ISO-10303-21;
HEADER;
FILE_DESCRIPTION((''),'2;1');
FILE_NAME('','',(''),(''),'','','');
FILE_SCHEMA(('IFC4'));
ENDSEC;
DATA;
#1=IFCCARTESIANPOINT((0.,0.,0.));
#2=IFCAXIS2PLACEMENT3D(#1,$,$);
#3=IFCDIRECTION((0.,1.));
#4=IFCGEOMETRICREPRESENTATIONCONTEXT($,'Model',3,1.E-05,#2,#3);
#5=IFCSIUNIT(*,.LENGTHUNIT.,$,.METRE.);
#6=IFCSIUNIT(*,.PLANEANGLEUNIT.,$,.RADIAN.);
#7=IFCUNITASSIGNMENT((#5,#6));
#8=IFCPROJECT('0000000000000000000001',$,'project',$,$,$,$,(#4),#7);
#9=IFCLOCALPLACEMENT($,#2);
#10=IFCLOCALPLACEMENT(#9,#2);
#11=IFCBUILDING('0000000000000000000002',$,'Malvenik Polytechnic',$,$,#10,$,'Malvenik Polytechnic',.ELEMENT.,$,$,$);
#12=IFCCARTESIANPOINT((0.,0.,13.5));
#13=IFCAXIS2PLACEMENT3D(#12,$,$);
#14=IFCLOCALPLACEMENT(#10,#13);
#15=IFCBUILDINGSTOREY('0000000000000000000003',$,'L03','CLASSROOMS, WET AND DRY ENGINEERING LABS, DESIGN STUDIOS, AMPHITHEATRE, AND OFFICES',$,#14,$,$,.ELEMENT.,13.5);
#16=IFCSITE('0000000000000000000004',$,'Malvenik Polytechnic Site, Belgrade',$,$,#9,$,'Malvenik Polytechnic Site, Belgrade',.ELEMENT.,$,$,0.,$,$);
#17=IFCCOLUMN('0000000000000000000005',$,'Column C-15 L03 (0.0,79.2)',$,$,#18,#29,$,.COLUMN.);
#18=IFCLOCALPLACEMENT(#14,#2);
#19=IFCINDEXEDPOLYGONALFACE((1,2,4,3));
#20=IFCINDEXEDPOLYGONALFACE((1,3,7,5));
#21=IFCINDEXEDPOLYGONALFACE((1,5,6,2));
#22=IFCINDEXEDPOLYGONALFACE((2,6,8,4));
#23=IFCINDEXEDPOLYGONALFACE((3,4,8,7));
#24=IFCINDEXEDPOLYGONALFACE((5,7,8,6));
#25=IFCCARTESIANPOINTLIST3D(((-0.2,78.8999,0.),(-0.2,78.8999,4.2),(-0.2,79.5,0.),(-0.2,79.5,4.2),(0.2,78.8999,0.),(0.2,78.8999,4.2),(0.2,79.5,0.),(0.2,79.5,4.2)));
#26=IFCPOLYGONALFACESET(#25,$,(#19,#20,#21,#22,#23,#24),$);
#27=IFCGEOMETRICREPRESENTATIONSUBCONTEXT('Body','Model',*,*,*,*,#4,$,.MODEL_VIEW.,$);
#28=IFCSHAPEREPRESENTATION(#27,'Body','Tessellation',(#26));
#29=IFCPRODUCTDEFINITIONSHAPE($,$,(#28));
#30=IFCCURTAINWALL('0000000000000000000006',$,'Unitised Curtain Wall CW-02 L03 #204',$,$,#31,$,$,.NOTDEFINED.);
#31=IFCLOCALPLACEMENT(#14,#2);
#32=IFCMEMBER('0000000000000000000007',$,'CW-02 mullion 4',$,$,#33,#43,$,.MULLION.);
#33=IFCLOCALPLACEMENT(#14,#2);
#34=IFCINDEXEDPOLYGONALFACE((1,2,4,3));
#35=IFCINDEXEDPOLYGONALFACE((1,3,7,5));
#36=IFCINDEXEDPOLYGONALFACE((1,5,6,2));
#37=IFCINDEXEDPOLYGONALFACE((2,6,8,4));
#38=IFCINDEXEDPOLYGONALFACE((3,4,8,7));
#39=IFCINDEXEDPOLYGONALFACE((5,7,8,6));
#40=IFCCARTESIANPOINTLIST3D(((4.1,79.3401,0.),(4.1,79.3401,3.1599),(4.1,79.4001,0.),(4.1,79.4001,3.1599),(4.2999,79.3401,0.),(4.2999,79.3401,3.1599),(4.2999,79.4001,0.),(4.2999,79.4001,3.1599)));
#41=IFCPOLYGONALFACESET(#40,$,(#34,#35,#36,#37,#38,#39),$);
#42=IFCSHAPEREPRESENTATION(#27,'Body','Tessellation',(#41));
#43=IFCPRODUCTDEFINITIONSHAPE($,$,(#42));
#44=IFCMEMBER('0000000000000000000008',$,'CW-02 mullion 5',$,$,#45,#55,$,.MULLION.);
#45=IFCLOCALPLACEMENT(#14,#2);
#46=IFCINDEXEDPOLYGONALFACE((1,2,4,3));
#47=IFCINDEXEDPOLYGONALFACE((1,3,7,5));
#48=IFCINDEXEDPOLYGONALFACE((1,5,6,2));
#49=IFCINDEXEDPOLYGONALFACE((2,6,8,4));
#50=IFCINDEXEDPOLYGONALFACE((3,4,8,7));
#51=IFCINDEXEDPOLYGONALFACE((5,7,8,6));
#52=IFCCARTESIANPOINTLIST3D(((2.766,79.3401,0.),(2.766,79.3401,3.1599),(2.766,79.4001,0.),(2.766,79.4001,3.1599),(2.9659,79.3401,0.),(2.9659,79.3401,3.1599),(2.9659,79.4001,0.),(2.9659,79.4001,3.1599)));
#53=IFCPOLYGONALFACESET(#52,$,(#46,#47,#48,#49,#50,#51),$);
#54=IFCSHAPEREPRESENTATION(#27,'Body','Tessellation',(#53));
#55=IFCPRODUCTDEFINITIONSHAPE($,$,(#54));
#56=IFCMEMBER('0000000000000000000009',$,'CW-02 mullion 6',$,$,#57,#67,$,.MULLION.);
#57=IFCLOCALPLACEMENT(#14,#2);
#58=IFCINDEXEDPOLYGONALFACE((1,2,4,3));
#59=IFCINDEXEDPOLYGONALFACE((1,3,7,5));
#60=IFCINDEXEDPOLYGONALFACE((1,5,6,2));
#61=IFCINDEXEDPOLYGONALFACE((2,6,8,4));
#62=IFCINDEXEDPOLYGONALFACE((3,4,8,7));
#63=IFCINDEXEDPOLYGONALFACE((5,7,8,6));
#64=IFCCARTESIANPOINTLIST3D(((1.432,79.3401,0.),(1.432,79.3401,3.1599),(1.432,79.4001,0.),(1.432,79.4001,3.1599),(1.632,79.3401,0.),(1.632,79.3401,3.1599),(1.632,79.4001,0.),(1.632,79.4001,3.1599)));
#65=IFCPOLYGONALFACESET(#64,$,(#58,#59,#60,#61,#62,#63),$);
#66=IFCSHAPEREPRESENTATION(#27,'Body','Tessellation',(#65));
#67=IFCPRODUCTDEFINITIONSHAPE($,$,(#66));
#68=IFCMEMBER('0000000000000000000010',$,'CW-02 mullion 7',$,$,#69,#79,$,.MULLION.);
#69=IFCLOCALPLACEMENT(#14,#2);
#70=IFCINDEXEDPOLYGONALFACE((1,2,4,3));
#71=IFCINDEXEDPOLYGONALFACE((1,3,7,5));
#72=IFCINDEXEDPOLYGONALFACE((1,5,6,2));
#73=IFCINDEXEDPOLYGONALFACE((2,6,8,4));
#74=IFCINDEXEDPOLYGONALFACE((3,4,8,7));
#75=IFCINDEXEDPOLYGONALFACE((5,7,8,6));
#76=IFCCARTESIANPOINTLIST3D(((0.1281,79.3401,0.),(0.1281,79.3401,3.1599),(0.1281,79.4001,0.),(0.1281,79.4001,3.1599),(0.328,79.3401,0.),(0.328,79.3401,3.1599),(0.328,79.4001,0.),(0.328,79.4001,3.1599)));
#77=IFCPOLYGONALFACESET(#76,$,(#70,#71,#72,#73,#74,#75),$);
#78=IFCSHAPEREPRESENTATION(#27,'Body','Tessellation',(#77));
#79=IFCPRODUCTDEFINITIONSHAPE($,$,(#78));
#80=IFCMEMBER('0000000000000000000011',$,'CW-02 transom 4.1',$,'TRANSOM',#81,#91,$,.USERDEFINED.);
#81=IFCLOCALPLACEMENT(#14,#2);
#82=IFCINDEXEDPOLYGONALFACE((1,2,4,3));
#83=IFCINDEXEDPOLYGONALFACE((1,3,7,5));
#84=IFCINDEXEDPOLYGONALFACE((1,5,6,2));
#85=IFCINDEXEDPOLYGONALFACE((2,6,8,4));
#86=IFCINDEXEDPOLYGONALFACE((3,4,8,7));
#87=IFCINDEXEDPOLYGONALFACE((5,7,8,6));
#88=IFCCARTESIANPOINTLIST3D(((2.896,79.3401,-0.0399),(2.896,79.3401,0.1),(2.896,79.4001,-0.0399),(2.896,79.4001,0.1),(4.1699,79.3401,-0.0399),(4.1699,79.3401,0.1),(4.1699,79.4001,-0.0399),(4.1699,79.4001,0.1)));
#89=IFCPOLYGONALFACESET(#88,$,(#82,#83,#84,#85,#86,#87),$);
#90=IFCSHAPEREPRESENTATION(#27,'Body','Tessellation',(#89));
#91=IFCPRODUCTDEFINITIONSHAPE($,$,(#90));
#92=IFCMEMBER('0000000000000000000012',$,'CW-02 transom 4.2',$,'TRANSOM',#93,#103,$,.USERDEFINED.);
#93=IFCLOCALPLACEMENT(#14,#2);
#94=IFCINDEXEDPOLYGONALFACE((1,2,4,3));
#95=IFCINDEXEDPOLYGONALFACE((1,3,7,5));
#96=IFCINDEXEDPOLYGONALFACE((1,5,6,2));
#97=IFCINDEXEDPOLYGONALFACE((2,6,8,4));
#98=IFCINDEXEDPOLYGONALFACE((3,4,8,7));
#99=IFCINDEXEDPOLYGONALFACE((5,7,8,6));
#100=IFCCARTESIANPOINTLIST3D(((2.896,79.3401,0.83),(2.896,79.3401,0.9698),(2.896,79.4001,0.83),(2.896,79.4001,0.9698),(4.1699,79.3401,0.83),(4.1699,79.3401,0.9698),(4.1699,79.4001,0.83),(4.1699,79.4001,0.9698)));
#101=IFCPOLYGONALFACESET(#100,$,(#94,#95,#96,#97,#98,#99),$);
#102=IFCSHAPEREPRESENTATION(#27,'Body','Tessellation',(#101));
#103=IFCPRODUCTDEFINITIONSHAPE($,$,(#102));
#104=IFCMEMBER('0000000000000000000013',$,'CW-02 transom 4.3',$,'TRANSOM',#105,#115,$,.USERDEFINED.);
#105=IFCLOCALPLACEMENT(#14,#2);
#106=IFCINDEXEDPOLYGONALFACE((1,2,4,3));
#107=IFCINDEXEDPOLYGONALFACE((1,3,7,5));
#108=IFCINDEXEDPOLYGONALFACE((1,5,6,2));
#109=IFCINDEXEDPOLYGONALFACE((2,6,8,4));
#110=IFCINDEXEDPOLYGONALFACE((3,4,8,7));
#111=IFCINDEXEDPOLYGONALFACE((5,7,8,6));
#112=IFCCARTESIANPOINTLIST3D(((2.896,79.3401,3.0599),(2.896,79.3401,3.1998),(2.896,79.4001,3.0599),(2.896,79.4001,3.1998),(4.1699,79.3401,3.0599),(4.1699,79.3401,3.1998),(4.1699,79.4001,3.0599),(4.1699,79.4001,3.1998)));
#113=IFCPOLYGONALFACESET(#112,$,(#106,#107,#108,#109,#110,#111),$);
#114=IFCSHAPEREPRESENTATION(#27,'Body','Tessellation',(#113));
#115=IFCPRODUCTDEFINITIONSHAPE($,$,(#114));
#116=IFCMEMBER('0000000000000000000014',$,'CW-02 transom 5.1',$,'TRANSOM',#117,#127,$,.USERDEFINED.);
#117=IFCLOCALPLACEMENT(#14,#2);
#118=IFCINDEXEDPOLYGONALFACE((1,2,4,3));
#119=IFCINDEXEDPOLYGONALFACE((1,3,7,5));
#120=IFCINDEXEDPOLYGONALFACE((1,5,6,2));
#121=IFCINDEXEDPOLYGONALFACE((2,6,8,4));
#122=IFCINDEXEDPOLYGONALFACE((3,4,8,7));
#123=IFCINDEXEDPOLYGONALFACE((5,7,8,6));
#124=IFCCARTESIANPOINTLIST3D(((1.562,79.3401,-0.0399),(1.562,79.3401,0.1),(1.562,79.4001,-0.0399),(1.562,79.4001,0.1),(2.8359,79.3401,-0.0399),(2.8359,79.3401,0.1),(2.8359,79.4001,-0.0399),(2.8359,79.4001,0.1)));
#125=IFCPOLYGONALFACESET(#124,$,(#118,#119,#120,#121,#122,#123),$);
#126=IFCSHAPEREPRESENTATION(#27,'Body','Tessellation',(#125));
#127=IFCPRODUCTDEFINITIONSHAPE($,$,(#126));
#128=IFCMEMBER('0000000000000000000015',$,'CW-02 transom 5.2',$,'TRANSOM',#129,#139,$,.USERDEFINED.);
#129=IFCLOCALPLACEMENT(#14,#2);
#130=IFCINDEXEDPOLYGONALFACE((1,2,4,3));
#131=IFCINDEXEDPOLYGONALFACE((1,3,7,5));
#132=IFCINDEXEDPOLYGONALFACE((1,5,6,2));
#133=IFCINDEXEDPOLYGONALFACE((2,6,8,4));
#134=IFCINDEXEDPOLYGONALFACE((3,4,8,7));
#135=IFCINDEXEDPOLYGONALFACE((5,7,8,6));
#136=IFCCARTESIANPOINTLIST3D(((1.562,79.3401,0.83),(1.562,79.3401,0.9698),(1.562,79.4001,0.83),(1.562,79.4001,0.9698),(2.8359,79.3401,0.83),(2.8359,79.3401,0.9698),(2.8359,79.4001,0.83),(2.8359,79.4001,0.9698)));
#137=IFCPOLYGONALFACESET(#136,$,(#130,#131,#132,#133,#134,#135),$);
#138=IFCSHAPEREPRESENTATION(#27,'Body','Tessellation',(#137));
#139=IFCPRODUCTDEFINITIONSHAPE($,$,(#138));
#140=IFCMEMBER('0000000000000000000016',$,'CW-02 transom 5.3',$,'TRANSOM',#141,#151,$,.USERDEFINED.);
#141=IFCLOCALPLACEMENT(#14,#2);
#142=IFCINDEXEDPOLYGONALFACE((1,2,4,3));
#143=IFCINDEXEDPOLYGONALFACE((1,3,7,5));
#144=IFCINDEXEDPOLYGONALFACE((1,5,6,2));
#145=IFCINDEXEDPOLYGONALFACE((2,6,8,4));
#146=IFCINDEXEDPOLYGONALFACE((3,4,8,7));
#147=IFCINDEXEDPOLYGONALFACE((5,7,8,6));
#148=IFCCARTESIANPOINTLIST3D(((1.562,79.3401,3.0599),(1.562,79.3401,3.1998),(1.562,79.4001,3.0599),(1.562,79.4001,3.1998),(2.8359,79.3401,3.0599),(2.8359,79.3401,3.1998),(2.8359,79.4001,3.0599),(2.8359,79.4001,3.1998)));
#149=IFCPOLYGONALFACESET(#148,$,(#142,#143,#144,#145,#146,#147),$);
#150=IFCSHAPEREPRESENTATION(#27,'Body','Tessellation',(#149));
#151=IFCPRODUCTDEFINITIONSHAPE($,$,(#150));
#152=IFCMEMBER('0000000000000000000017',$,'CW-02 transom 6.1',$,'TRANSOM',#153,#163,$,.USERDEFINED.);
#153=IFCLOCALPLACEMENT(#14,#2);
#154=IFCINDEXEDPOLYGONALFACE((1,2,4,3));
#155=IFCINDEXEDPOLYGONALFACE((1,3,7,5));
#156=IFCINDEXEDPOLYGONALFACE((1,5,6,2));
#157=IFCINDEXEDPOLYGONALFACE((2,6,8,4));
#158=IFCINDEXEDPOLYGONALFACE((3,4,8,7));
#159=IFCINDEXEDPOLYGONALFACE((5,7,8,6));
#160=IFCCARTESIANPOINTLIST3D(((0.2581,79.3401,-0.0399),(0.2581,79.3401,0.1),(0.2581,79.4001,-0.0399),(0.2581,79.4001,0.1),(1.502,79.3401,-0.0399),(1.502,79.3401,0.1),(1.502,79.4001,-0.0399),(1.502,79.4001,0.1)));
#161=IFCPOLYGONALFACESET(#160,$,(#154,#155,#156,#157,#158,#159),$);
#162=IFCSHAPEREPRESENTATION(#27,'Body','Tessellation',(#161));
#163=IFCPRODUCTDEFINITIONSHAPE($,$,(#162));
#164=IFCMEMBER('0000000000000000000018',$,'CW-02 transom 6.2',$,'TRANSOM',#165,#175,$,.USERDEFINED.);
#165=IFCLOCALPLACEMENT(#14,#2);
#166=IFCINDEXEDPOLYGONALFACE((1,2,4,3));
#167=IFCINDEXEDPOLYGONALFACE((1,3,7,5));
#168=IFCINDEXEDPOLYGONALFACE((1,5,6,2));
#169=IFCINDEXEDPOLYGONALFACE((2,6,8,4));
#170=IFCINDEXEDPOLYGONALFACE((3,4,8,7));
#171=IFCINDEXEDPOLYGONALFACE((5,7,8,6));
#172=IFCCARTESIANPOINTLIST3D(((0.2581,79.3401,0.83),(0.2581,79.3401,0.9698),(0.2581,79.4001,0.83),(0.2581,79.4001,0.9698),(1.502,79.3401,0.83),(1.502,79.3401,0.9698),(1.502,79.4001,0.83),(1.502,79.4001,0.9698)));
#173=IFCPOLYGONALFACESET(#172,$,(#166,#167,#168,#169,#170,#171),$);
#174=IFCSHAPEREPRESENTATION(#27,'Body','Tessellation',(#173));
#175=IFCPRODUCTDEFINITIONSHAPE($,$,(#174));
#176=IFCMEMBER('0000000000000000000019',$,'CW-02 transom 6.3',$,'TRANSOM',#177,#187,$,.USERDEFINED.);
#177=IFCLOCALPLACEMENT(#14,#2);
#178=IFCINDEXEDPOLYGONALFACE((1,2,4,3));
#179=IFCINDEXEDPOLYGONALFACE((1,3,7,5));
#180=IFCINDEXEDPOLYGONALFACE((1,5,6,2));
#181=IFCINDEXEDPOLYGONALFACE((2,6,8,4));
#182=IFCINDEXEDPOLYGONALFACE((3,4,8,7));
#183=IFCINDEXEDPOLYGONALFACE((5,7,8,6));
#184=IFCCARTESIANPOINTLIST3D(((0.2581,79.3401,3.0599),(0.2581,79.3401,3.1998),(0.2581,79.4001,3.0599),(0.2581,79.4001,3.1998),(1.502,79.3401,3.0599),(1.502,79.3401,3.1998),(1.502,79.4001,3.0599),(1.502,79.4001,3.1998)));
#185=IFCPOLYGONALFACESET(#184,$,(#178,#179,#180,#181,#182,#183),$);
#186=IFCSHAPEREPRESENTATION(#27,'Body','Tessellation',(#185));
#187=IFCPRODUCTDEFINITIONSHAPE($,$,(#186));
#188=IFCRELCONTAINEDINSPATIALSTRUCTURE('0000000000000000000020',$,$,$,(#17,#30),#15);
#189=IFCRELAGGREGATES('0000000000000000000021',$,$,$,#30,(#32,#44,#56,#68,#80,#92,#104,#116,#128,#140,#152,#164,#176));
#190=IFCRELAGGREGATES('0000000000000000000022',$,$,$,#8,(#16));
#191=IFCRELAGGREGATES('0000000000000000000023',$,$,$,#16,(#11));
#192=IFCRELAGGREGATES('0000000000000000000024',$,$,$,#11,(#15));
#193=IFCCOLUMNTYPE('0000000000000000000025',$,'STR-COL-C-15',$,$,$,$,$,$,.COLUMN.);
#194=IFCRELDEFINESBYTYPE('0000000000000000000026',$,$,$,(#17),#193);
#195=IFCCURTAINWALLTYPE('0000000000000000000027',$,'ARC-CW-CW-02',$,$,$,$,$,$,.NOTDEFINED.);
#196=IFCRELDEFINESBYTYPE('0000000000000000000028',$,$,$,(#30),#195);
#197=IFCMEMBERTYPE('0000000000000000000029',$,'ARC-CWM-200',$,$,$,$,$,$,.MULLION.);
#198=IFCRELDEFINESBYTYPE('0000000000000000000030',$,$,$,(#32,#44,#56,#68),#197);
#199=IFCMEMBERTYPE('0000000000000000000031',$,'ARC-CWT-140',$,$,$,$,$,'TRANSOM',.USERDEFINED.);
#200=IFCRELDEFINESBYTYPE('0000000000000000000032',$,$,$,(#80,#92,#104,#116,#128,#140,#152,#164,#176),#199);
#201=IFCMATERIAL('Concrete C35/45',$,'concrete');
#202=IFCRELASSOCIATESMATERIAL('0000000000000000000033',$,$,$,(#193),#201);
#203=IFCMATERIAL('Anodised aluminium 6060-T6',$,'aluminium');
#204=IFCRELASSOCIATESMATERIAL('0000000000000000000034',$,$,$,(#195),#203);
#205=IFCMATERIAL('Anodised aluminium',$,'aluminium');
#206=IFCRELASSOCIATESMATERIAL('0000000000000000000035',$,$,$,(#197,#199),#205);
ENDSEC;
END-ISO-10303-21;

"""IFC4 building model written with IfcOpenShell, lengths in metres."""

from ifc_helpers import new_model, si_unit, direction, frame, origin, origin_2d, place, context, subcontext, project, spatial, rectangle, extrude, material, material_profile, profile_set, type_object, element, aggregate, save


model = new_model("IFC4")

# Units and contexts
model_context = context("Model", 3, precision=1e-05, world=origin(), true_north=direction((0.0, 1.0)))
body_context = subcontext(model_context, "Body", "Model", "MODEL_VIEW")
ifc_project = project(units=[si_unit("LENGTHUNIT", "METRE"), si_unit("PLANEANGLEUNIT", "RADIAN")], contexts=[model_context])

# Site, building, storey
site_placement = place(None, origin())
site = spatial("IfcSite", under=ifc_project, at=site_placement, Name="Malvenik Polytechnic Site, Belgrade", LongName="Malvenik Polytechnic Site, Belgrade", CompositionType="ELEMENT", RefElevation=0.0)
building_placement = place(site_placement, origin())
building = spatial("IfcBuilding", under=site, at=building_placement, Name="Malvenik Polytechnic", LongName="Malvenik Polytechnic", CompositionType="ELEMENT")
storey_placement = place(building_placement, frame((0.0, 0.0, 13.5)))
storey = spatial("IfcBuildingStorey", under=building, at=storey_placement, Name="L03", Description="CLASSROOMS, WET AND DRY ENGINEERING LABS, DESIGN STUDIOS, AMPHITHEATRE, AND OFFICES", CompositionType="ELEMENT", Elevation=13.5)

# Column
ifc_material_1 = material(Name="Concrete C35/45", Category="concrete")
ifc_material_profile_1 = material_profile(ifc_material_1, rectangle(XDim=0.3999, YDim=0.6001, at=origin_2d()), Name="RC COL 600x400")
ifc_profile_set_1 = profile_set([ifc_material_profile_1], Name="Concrete C35/45")
column_type = type_object("IfcColumnType", Name="STR-COL-C-15", PredefinedType="COLUMN", material=ifc_profile_set_1)
column_placement = place(storey_placement, frame((0.0, 79.2, 0.0), z_axis=(0.0, 0.0, 1.0), x_axis=(1.0, 0.0, 0.0)))
element("IfcColumn", 1, at=column_placement, inside=storey, type_object=column_type, Name="Column C-15 L03 (0.0,79.2)", PredefinedType="COLUMN", context=body_context, shape_type="SweptSolid", body=[
    extrude(rectangle(XDim=0.3999, YDim=0.6001, at=origin_2d()), origin(), (0.0, 0.0, 1.0), 4.2),
])

# Curtain wall, members
ifc_material_2 = material(Name="Anodised aluminium 6060-T6", Category="aluminium")
curtain_wall_type = type_object("IfcCurtainWallType", Name="ARC-CW-CW-02", PredefinedType="NOTDEFINED", material=ifc_material_2)
curtain_wall_placement = place(storey_placement, origin())
curtain_wall = element("IfcCurtainWall", 2, at=curtain_wall_placement, inside=storey, type_object=curtain_wall_type, Name="Unitised Curtain Wall CW-02 L03 #204", PredefinedType="NOTDEFINED")
ifc_material_3 = material(Name="Anodised aluminium", Category="aluminium")
ifc_material_profile_2 = material_profile(ifc_material_3, rectangle(XDim=0.0601, YDim=0.2, at=origin_2d()), Name="ALU MULLION 60x200")
ifc_profile_set_2 = profile_set([ifc_material_profile_2], Name="Anodised aluminium")
member_type_1 = type_object("IfcMemberType", Name="ARC-CWM-200", PredefinedType="MULLION", material=ifc_profile_set_2)
member_1_placement = place(storey_placement, frame((4.2, 79.3701, 0.0), z_axis=(0.0, 0.0, 1.0), x_axis=(0.0, -1.0, 0.0)))
member_1 = element("IfcMember", 3, at=member_1_placement, type_object=member_type_1, Name="CW-02 mullion 4", PredefinedType="MULLION", context=body_context, shape_type="SweptSolid", body=[
    extrude(rectangle(XDim=0.0601, YDim=0.2, at=origin_2d()), origin(), (0.0, 0.0, 1.0), 3.1599),
])
member_2_placement = place(storey_placement, frame((2.866, 79.3701, 0.0), z_axis=(0.0, 0.0, 1.0), x_axis=(0.0, -1.0, 0.0)))
member_2 = element("IfcMember", 4, at=member_2_placement, type_object=member_type_1, Name="CW-02 mullion 5", PredefinedType="MULLION", context=body_context, shape_type="SweptSolid", body=[
    extrude(rectangle(XDim=0.0601, YDim=0.2, at=origin_2d()), origin(), (0.0, 0.0, 1.0), 3.1599),
])
member_3_placement = place(storey_placement, frame((1.532, 79.3701, 0.0), z_axis=(0.0, 0.0, 1.0), x_axis=(0.0, -1.0, 0.0)))
member_3 = element("IfcMember", 5, at=member_3_placement, type_object=member_type_1, Name="CW-02 mullion 6", PredefinedType="MULLION", context=body_context, shape_type="SweptSolid", body=[
    extrude(rectangle(XDim=0.0601, YDim=0.2, at=origin_2d()), origin(), (0.0, 0.0, 1.0), 3.1599),
])
member_4_placement = place(storey_placement, frame((0.228, 79.3701, 0.0), z_axis=(0.0, 0.0, 1.0), x_axis=(0.0, -1.0, 0.0)))
member_4 = element("IfcMember", 6, at=member_4_placement, type_object=member_type_1, Name="CW-02 mullion 7", PredefinedType="MULLION", context=body_context, shape_type="SweptSolid", body=[
    extrude(rectangle(XDim=0.0601, YDim=0.2, at=origin_2d()), origin(), (0.0, 0.0, 1.0), 3.1599),
])
ifc_material_profile_3 = material_profile(ifc_material_3, rectangle(XDim=0.0601, YDim=0.1399, at=origin_2d()), Name="ALU TRANSOM 60x140")
ifc_profile_set_3 = profile_set([ifc_material_profile_3], Name="Anodised aluminium")
member_type_2 = type_object("IfcMemberType", Name="ARC-CWT-140", ElementType="TRANSOM", PredefinedType="USERDEFINED", material=ifc_profile_set_3)
member_5_placement = place(storey_placement, frame((4.1699, 79.3701, 0.03), z_axis=(-1.0, 0.0, 0.0), x_axis=(0.0, -1.0, 0.0)))
member_5 = element("IfcMember", 7, at=member_5_placement, type_object=member_type_2, Name="CW-02 transom 4.1", ObjectType="TRANSOM", PredefinedType="USERDEFINED", context=body_context, shape_type="SweptSolid", body=[
    extrude(rectangle(XDim=0.0601, YDim=0.1399, at=origin_2d()), origin(), (0.0, 0.0, 1.0), 1.2739),
])
member_6_placement = place(storey_placement, frame((4.1699, 79.3701, 0.8999), z_axis=(-1.0, 0.0, 0.0), x_axis=(0.0, -1.0, 0.0)))
member_6 = element("IfcMember", 8, at=member_6_placement, type_object=member_type_2, Name="CW-02 transom 4.2", ObjectType="TRANSOM", PredefinedType="USERDEFINED", context=body_context, shape_type="SweptSolid", body=[
    extrude(rectangle(XDim=0.0601, YDim=0.1399, at=origin_2d()), origin(), (0.0, 0.0, 1.0), 1.2739),
])
member_7_placement = place(storey_placement, frame((4.1699, 79.3701, 3.1299), z_axis=(-1.0, 0.0, 0.0), x_axis=(0.0, -1.0, 0.0)))
member_7 = element("IfcMember", 9, at=member_7_placement, type_object=member_type_2, Name="CW-02 transom 4.3", ObjectType="TRANSOM", PredefinedType="USERDEFINED", context=body_context, shape_type="SweptSolid", body=[
    extrude(rectangle(XDim=0.0601, YDim=0.1399, at=origin_2d()), origin(), (0.0, 0.0, 1.0), 1.2739),
])
member_8_placement = place(storey_placement, frame((2.8359, 79.3701, 0.03), z_axis=(-1.0, 0.0, 0.0), x_axis=(0.0, -1.0, 0.0)))
member_8 = element("IfcMember", 10, at=member_8_placement, type_object=member_type_2, Name="CW-02 transom 5.1", ObjectType="TRANSOM", PredefinedType="USERDEFINED", context=body_context, shape_type="SweptSolid", body=[
    extrude(rectangle(XDim=0.0601, YDim=0.1399, at=origin_2d()), origin(), (0.0, 0.0, 1.0), 1.2739),
])
member_9_placement = place(storey_placement, frame((2.8359, 79.3701, 0.8999), z_axis=(-1.0, 0.0, 0.0), x_axis=(0.0, -1.0, 0.0)))
member_9 = element("IfcMember", 11, at=member_9_placement, type_object=member_type_2, Name="CW-02 transom 5.2", ObjectType="TRANSOM", PredefinedType="USERDEFINED", context=body_context, shape_type="SweptSolid", body=[
    extrude(rectangle(XDim=0.0601, YDim=0.1399, at=origin_2d()), origin(), (0.0, 0.0, 1.0), 1.2739),
])
member_10_placement = place(storey_placement, frame((2.8359, 79.3701, 3.1299), z_axis=(-1.0, 0.0, 0.0), x_axis=(0.0, -1.0, 0.0)))
member_10 = element("IfcMember", 12, at=member_10_placement, type_object=member_type_2, Name="CW-02 transom 5.3", ObjectType="TRANSOM", PredefinedType="USERDEFINED", context=body_context, shape_type="SweptSolid", body=[
    extrude(rectangle(XDim=0.0601, YDim=0.1399, at=origin_2d()), origin(), (0.0, 0.0, 1.0), 1.2739),
])
member_11_placement = place(storey_placement, frame((1.502, 79.3701, 0.03), z_axis=(-1.0, 0.0, 0.0), x_axis=(0.0, -1.0, 0.0)))
member_11 = element("IfcMember", 13, at=member_11_placement, type_object=member_type_2, Name="CW-02 transom 6.1", ObjectType="TRANSOM", PredefinedType="USERDEFINED", context=body_context, shape_type="SweptSolid", body=[
    extrude(rectangle(XDim=0.0601, YDim=0.1399, at=origin_2d()), origin(), (0.0, 0.0, 1.0), 1.2439),
])
member_12_placement = place(storey_placement, frame((1.502, 79.3701, 0.8999), z_axis=(-1.0, 0.0, 0.0), x_axis=(0.0, -1.0, 0.0)))
member_12 = element("IfcMember", 14, at=member_12_placement, type_object=member_type_2, Name="CW-02 transom 6.2", ObjectType="TRANSOM", PredefinedType="USERDEFINED", context=body_context, shape_type="SweptSolid", body=[
    extrude(rectangle(XDim=0.0601, YDim=0.1399, at=origin_2d()), origin(), (0.0, 0.0, 1.0), 1.2439),
])
member_13_placement = place(storey_placement, frame((1.502, 79.3701, 3.1299), z_axis=(-1.0, 0.0, 0.0), x_axis=(0.0, -1.0, 0.0)))
member_13 = element("IfcMember", 15, at=member_13_placement, type_object=member_type_2, Name="CW-02 transom 6.3", ObjectType="TRANSOM", PredefinedType="USERDEFINED", context=body_context, shape_type="SweptSolid", body=[
    extrude(rectangle(XDim=0.0601, YDim=0.1399, at=origin_2d()), origin(), (0.0, 0.0, 1.0), 1.2439),
])

aggregate(curtain_wall, [member_1, member_2, member_3, member_4, member_5, member_6, member_7, member_8, member_9, member_10, member_11, member_12, member_13])

save(model, "model.ifc")
